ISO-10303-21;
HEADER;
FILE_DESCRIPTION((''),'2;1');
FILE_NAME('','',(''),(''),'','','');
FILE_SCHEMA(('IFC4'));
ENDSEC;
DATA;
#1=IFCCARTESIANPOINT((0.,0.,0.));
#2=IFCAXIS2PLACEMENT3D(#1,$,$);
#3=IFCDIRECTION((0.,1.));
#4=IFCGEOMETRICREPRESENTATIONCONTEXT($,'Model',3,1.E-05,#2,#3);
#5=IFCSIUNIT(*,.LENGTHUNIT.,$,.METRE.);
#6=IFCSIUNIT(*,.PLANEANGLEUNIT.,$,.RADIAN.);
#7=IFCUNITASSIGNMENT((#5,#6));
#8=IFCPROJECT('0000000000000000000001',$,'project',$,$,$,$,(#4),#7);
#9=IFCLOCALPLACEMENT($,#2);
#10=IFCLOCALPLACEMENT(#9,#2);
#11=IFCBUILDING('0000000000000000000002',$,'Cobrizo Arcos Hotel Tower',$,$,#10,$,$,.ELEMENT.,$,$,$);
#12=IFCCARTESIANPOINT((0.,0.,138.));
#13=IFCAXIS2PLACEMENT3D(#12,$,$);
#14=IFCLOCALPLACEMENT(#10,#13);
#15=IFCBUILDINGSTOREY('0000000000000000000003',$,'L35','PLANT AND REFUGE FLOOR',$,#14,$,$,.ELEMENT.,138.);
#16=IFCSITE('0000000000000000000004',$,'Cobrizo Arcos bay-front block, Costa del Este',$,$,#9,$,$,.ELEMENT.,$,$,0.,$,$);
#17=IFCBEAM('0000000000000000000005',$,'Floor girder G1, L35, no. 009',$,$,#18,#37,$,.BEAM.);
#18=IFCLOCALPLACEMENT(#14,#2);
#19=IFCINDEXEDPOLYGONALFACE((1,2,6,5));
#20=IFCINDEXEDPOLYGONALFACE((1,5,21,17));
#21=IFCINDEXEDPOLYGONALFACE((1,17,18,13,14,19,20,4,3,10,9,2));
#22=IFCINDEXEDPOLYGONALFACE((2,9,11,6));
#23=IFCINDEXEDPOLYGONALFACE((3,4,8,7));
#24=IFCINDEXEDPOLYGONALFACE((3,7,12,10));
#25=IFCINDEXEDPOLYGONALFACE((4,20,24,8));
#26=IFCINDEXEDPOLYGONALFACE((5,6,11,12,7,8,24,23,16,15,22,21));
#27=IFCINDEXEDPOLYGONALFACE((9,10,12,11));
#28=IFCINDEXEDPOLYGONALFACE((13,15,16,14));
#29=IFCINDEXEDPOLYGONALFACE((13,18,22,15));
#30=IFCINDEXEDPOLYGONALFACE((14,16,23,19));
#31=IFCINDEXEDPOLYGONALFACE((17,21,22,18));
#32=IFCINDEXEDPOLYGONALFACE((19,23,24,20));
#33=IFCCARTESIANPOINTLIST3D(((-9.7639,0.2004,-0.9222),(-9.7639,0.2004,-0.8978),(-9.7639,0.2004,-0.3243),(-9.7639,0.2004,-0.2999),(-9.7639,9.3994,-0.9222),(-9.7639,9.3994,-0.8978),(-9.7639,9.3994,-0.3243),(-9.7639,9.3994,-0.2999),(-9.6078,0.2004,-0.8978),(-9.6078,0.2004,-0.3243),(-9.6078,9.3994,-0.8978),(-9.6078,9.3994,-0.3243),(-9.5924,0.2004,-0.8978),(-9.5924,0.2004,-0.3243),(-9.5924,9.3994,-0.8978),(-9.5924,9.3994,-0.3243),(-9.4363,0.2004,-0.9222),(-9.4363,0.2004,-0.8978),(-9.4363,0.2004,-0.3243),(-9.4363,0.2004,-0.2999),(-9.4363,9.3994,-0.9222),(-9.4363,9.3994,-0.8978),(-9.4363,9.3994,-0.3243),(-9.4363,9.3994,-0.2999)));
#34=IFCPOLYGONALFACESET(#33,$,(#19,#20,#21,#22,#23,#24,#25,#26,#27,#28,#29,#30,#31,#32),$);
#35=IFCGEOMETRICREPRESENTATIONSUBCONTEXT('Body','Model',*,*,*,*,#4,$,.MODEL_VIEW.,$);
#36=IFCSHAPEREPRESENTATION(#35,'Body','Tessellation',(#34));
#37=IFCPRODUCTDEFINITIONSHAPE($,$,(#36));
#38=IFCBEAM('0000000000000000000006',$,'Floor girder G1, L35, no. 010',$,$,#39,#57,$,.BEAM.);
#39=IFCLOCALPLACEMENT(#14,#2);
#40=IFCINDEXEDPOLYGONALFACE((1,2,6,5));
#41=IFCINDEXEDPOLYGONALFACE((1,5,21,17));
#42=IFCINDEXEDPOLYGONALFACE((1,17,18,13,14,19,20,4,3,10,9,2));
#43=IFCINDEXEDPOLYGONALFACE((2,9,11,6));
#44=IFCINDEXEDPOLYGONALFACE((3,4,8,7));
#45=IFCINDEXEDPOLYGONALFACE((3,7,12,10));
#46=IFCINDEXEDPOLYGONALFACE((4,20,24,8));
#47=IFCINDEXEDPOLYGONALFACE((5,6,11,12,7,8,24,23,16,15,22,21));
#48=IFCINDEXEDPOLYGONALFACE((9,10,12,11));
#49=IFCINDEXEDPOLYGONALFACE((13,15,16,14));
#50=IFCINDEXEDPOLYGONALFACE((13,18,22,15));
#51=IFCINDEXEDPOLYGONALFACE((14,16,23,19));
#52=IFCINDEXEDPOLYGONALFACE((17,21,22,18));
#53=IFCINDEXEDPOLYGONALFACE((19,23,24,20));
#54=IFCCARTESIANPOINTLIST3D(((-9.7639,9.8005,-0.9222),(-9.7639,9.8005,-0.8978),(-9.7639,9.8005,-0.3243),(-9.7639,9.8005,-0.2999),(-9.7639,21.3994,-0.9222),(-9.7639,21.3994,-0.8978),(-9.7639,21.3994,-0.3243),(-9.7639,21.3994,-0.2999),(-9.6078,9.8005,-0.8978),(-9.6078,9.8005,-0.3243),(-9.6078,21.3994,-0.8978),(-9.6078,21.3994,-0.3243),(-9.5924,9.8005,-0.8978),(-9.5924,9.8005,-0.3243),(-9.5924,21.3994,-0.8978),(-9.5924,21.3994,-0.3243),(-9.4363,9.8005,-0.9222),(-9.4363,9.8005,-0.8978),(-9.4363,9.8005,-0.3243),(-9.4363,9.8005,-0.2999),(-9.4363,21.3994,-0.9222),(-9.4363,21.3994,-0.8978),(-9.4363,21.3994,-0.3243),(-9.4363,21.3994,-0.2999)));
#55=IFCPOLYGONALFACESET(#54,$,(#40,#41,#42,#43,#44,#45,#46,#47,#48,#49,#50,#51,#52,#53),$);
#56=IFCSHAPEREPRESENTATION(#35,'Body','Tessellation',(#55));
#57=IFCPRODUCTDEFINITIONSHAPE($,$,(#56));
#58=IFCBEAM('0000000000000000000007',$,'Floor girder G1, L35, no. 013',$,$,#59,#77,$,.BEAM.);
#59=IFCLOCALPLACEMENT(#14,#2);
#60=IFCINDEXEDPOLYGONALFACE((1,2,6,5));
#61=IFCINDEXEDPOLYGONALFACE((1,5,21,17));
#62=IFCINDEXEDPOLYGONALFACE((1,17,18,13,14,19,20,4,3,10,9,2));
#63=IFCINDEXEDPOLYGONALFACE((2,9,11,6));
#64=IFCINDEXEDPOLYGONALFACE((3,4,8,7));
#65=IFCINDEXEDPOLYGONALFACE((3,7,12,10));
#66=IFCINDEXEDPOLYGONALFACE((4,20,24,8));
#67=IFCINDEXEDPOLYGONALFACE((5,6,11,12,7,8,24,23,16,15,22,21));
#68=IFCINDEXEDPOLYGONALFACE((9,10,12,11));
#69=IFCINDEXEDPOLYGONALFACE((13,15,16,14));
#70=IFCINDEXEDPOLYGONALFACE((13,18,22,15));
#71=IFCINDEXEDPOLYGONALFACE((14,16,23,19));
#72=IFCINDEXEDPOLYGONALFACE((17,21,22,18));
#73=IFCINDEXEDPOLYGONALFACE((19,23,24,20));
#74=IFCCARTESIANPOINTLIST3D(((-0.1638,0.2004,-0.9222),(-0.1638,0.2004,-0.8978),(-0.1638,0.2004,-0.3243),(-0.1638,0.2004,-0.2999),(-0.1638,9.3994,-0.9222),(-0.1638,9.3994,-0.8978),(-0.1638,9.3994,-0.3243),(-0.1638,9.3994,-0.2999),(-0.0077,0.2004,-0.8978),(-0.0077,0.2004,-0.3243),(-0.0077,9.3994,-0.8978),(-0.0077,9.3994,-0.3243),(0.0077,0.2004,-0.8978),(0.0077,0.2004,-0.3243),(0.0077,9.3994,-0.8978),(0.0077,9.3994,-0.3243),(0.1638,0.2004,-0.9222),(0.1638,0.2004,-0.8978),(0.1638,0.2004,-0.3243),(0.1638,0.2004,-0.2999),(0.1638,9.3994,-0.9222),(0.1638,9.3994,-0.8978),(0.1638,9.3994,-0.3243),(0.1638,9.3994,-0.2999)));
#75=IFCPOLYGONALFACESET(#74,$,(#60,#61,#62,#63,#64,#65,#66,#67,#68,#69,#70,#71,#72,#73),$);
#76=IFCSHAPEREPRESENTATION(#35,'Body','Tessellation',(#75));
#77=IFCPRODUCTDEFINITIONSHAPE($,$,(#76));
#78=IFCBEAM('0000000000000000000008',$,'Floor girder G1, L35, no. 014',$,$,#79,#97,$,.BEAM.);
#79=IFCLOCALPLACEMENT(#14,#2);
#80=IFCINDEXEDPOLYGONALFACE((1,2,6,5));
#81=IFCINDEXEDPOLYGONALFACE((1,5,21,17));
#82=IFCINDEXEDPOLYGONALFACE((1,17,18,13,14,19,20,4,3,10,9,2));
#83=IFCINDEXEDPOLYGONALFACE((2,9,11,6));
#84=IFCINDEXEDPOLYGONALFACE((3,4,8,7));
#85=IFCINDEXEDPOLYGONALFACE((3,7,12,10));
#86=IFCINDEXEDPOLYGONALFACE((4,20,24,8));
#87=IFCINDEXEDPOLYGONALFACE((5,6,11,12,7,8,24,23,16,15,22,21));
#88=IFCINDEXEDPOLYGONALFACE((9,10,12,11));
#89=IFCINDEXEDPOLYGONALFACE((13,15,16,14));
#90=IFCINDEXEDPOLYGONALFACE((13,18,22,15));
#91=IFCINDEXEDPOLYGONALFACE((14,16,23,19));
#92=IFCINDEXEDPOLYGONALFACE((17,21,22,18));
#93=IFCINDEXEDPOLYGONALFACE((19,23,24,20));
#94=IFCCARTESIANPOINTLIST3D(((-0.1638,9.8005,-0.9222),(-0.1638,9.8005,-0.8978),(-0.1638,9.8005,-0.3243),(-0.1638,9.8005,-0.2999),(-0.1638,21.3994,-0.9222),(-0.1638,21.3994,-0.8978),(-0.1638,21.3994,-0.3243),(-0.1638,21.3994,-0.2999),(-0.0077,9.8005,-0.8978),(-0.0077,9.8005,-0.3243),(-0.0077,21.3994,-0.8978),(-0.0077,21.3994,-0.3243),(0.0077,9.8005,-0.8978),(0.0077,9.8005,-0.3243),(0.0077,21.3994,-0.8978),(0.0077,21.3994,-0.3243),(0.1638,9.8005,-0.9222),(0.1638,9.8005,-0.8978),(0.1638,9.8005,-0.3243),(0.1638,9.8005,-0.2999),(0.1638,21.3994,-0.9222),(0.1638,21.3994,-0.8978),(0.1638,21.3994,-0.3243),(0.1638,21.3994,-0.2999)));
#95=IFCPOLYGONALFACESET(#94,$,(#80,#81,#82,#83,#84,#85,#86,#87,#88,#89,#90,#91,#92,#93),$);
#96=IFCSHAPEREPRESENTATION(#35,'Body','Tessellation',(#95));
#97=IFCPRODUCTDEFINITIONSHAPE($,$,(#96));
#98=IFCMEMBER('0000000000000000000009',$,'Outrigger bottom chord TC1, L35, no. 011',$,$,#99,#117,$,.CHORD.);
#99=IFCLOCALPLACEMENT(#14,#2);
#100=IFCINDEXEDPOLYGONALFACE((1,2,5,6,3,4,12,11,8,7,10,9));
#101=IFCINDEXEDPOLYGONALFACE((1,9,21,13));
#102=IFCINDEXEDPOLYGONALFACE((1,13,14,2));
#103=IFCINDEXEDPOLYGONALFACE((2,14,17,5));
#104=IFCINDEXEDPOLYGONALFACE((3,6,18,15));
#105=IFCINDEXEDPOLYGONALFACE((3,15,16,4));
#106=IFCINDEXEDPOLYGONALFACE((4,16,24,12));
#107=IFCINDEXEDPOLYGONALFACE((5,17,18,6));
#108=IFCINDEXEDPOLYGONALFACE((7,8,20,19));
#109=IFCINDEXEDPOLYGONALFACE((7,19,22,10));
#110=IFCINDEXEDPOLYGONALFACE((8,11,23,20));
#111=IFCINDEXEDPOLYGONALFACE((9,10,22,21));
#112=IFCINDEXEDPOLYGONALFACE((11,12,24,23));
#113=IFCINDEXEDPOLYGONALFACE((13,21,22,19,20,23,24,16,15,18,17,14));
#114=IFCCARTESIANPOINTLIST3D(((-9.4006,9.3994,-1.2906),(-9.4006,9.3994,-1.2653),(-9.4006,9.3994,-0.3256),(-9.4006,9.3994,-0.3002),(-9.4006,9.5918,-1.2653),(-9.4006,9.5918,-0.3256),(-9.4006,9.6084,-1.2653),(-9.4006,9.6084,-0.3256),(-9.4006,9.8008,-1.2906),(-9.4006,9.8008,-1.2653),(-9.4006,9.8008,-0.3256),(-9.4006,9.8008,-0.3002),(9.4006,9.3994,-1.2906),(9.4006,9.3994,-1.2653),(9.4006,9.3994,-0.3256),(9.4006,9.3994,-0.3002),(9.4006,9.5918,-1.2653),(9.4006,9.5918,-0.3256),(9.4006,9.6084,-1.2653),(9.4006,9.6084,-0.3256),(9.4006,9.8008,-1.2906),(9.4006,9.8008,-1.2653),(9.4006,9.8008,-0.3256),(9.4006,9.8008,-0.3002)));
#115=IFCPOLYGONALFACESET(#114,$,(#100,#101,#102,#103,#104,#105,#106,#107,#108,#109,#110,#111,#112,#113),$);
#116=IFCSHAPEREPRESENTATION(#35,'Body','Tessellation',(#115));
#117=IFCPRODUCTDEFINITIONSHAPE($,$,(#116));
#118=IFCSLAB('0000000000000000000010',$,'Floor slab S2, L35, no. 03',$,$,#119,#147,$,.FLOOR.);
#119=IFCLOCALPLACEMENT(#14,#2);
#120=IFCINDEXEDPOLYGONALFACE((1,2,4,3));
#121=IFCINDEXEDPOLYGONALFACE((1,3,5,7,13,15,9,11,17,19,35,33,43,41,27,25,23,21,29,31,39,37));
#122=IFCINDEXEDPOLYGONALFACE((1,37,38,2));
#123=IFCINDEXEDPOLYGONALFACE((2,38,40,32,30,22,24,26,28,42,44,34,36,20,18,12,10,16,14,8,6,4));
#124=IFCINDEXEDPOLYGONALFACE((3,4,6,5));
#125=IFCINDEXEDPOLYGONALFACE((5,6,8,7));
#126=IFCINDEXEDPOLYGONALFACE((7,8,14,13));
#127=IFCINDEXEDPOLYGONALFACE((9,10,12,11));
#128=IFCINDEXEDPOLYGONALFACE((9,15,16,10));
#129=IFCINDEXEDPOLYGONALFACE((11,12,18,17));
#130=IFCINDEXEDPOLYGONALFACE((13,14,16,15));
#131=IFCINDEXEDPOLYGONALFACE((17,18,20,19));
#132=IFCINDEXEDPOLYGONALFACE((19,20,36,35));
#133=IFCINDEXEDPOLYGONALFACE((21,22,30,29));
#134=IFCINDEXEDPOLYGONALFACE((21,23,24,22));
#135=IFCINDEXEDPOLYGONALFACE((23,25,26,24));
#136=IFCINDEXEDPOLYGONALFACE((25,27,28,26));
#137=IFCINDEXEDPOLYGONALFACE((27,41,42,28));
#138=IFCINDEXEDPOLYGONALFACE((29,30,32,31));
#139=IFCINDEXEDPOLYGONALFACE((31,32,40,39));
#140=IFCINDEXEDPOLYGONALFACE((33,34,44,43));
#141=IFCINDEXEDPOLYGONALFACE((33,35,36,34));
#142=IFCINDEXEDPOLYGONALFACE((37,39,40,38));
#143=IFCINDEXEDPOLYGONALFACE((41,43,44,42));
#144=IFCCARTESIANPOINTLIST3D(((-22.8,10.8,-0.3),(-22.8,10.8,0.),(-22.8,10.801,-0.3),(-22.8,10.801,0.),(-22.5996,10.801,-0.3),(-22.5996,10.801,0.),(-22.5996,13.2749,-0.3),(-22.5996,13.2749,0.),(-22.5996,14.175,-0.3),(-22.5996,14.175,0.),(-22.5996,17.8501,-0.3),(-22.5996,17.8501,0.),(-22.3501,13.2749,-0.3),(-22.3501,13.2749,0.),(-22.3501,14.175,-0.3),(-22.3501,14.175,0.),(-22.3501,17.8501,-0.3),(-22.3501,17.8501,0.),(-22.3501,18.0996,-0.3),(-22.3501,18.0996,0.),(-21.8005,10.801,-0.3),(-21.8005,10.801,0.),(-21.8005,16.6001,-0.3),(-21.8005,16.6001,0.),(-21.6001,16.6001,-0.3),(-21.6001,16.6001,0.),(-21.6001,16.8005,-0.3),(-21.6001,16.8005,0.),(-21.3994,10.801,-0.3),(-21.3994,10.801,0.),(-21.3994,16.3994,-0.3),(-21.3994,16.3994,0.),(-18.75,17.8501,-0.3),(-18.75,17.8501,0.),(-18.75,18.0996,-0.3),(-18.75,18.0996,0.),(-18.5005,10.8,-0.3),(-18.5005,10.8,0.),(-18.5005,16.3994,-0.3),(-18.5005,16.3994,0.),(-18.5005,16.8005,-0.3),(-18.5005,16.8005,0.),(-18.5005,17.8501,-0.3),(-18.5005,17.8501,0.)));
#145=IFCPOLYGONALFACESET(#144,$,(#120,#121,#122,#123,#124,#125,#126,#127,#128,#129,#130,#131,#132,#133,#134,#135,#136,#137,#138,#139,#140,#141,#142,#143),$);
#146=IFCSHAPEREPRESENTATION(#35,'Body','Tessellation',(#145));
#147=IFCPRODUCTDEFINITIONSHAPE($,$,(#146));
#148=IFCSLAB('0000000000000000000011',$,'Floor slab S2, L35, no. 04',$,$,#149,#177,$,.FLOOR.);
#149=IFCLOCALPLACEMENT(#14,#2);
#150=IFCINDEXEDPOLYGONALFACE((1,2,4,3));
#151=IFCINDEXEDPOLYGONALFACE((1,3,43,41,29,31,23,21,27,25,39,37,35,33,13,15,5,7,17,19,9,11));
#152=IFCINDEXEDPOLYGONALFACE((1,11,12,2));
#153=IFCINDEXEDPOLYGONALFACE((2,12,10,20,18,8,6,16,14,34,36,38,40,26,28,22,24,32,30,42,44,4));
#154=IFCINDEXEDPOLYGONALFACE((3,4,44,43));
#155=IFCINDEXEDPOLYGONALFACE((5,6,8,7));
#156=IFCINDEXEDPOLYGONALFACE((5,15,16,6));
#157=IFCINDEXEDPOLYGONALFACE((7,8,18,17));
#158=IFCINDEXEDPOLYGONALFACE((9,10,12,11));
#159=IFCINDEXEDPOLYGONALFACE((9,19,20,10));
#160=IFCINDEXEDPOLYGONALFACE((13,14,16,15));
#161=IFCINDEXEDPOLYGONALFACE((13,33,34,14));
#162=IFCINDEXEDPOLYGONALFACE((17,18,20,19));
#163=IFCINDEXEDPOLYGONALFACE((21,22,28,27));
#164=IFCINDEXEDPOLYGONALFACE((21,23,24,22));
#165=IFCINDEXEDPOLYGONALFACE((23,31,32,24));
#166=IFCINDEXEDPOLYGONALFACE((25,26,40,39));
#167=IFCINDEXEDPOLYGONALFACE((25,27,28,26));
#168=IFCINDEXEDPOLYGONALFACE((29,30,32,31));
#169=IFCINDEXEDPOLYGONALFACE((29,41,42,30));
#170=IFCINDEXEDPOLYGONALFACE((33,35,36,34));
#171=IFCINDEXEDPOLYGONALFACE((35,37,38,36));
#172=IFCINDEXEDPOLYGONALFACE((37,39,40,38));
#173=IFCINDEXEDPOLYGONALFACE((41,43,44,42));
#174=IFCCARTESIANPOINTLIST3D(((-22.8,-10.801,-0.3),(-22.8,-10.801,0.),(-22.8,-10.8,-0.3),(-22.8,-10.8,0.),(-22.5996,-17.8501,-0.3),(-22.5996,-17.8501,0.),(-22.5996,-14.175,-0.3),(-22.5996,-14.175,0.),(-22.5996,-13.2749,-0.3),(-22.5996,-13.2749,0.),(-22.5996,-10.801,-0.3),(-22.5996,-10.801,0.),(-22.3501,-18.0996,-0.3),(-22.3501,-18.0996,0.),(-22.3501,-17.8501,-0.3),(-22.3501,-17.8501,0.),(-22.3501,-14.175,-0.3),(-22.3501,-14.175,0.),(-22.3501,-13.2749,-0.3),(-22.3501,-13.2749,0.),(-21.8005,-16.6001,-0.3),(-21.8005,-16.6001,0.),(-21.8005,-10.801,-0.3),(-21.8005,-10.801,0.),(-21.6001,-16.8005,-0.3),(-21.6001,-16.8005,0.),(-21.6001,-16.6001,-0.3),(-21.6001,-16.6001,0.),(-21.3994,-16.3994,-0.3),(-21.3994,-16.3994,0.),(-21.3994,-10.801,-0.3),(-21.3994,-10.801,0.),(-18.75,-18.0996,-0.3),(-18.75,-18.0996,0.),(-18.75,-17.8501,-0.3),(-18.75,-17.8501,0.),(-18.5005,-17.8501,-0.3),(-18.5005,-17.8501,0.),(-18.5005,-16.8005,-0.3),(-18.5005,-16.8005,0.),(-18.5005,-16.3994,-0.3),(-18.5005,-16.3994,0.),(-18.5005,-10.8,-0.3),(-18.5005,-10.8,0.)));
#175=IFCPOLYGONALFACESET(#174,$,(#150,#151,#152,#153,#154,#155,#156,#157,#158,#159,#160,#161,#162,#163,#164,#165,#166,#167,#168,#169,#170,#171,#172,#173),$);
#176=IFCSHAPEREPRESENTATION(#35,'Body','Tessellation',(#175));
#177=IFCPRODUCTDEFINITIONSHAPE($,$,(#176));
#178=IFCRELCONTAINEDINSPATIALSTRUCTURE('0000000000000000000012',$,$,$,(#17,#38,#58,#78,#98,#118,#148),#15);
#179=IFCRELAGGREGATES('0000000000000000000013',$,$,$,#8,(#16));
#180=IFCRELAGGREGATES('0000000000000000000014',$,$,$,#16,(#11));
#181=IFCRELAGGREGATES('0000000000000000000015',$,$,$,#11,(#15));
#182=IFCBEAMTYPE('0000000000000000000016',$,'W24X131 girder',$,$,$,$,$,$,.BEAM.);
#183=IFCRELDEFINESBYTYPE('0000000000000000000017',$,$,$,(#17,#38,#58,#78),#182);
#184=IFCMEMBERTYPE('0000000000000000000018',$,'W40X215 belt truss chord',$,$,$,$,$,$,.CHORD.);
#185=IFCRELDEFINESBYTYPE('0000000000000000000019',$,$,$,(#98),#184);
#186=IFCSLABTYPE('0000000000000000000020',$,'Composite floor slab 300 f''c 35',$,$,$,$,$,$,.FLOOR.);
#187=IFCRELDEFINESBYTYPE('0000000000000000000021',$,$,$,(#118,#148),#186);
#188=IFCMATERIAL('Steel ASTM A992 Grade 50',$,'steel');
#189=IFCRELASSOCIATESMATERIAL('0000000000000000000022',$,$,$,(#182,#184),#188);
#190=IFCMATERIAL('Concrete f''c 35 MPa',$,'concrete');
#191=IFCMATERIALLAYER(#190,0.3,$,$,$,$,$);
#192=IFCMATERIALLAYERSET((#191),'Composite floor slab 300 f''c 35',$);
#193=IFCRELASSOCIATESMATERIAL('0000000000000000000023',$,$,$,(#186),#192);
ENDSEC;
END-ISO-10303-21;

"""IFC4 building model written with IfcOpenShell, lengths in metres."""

from ifc_helpers import new_model, si_unit, direction, frame, origin, origin_2d, place, context, subcontext, project, spatial, polyline, i_section, outline, extrude, material, layer, layer_set, material_profile, profile_set, type_object, element, save


model = new_model("IFC4")

# Units and contexts
model_context = context("Model", 3, precision=1e-05, world=origin(), true_north=direction((0.0, 1.0)))
body_context = subcontext(model_context, "Body", "Model", "MODEL_VIEW")
ifc_project = project(units=[si_unit("LENGTHUNIT", "METRE"), si_unit("PLANEANGLEUNIT", "RADIAN")], contexts=[model_context])

# Site, building, storey
site_placement = place(None, origin())
site = spatial("IfcSite", under=ifc_project, at=site_placement, Name="Cobrizo Arcos bay-front block, Costa del Este", CompositionType="ELEMENT", RefElevation=0.0)
building_placement = place(site_placement, origin())
building = spatial("IfcBuilding", under=site, at=building_placement, Name="Cobrizo Arcos Hotel Tower", CompositionType="ELEMENT")
storey_placement = place(building_placement, frame((0.0, 0.0, 138.0)))
storey = spatial("IfcBuildingStorey", under=building, at=storey_placement, Name="L35", Description="PLANT AND REFUGE FLOOR", CompositionType="ELEMENT", Elevation=138.0)

# Shared definitions
ifc_material_1 = material(Name="Steel ASTM A992 Grade 50", Category="steel")

# Beams
ifc_material_profile_1 = material_profile(ifc_material_1, i_section(OverallWidth=0.3276, OverallDepth=0.6223, WebThickness=0.0154, FlangeThickness=0.0244, at=origin_2d()), Name="W24X131")
ifc_profile_set_1 = profile_set([ifc_material_profile_1], Name="Steel ASTM A992 Grade 50")
beam_type_1 = type_object("IfcBeamType", Name="W24X131 girder", PredefinedType="BEAM", material=ifc_profile_set_1)
beam_1_placement = place(storey_placement, frame((-9.6001, 0.2004, -0.6111), z_axis=(0.0, 1.0, 0.0), x_axis=(-1.0, 0.0, 0.0)))
element("IfcBeam", 1, at=beam_1_placement, inside=storey, type_object=beam_type_1, Name="Floor girder G1, L35, no. 009", PredefinedType="BEAM", context=body_context, shape_type="SweptSolid", body=[
    extrude(i_section(OverallWidth=0.3276, OverallDepth=0.6223, WebThickness=0.0154, FlangeThickness=0.0244, at=origin_2d()), origin(), (0.0, 0.0, 1.0), 9.199),
])
beam_2_placement = place(storey_placement, frame((-9.6001, 9.8005, -0.6111), z_axis=(0.0, 1.0, 0.0), x_axis=(-1.0, 0.0, 0.0)))
element("IfcBeam", 2, at=beam_2_placement, inside=storey, type_object=beam_type_1, Name="Floor girder G1, L35, no. 010", PredefinedType="BEAM", context=body_context, shape_type="SweptSolid", body=[
    extrude(i_section(OverallWidth=0.3276, OverallDepth=0.6223, WebThickness=0.0154, FlangeThickness=0.0244, at=origin_2d()), origin(), (0.0, 0.0, 1.0), 11.5989),
])
beam_3_placement = place(storey_placement, frame((0.0, 0.2004, -0.6111), z_axis=(0.0, 1.0, 0.0), x_axis=(-1.0, 0.0, 0.0)))
element("IfcBeam", 3, at=beam_3_placement, inside=storey, type_object=beam_type_1, Name="Floor girder G1, L35, no. 013", PredefinedType="BEAM", context=body_context, shape_type="SweptSolid", body=[
    extrude(i_section(OverallWidth=0.3276, OverallDepth=0.6223, WebThickness=0.0154, FlangeThickness=0.0244, at=origin_2d()), origin(), (0.0, 0.0, 1.0), 9.199),
])
beam_4_placement = place(storey_placement, frame((0.0, 9.8005, -0.6111), z_axis=(0.0, 1.0, 0.0), x_axis=(-1.0, 0.0, 0.0)))
element("IfcBeam", 4, at=beam_4_placement, inside=storey, type_object=beam_type_1, Name="Floor girder G1, L35, no. 014", PredefinedType="BEAM", context=body_context, shape_type="SweptSolid", body=[
    extrude(i_section(OverallWidth=0.3276, OverallDepth=0.6223, WebThickness=0.0154, FlangeThickness=0.0244, at=origin_2d()), origin(), (0.0, 0.0, 1.0), 11.5989),
])

# Member
ifc_material_profile_2 = material_profile(ifc_material_1, i_section(OverallWidth=0.4014, OverallDepth=0.9905, WebThickness=0.0166, FlangeThickness=0.0254, at=origin_2d()), Name="W40X215")
ifc_profile_set_2 = profile_set([ifc_material_profile_2], Name="Steel ASTM A992 Grade 50")
member_type_1 = type_object("IfcMemberType", Name="W40X215 belt truss chord", PredefinedType="CHORD", material=ifc_profile_set_2)
member_1_placement = place(storey_placement, frame((-9.4006, 9.6001, -0.7954), z_axis=(1.0, 0.0, 0.0), x_axis=(0.0, 1.0, 0.0)))
element("IfcMember", 5, at=member_1_placement, inside=storey, type_object=member_type_1, Name="Outrigger bottom chord TC1, L35, no. 011", PredefinedType="CHORD", context=body_context, shape_type="SweptSolid", body=[
    extrude(i_section(OverallWidth=0.4014, OverallDepth=0.9905, WebThickness=0.0166, FlangeThickness=0.0254, at=origin_2d()), origin(), (0.0, 0.0, 1.0), 18.8013),
])

# Slabs
ifc_material_2 = material(Name="Concrete f'c 35 MPa", Category="concrete")
ifc_layer_1 = layer(ifc_material_2, 0.3)
ifc_layer_set_1 = layer_set([ifc_layer_1], Name="Composite floor slab 300 f'c 35")
slab_type = type_object("IfcSlabType", Name="Composite floor slab 300 f'c 35", PredefinedType="FLOOR", material=ifc_layer_set_1)
slab_1_placement = place(storey_placement, frame((0.0, 0.0, -0.3)))
element("IfcSlab", 6, at=slab_1_placement, inside=storey, type_object=slab_type, Name="Floor slab S2, L35, no. 03", PredefinedType="FLOOR", context=body_context, shape_type="SweptSolid", body=[
    extrude(outline(polyline([(-22.8, 10.801), (-22.5996, 10.801), (-22.5996, 13.2749), (-22.3501, 13.2749), (-22.3501, 14.175), (-22.5996, 14.175), (-22.5996, 17.8501), (-22.3501, 17.8501), (-22.3501, 18.0996), (-18.75, 18.0996), (-18.75, 17.8501), (-18.5005, 17.8501), (-18.5005, 16.8005), (-21.6001, 16.8005), (-21.6001, 16.6001), (-21.8005, 16.6001), (-21.8005, 10.801), (-21.3994, 10.801), (-21.3994, 16.3994), (-18.5005, 16.3994), (-18.5005, 10.8), (-22.8, 10.8), (-22.8, 10.801)])), origin(), (0.0, 0.0, 1.0), 0.3),
])
slab_2_placement = place(storey_placement, frame((0.0, 0.0, -0.3)))
element("IfcSlab", 7, at=slab_2_placement, inside=storey, type_object=slab_type, Name="Floor slab S2, L35, no. 04", PredefinedType="FLOOR", context=body_context, shape_type="SweptSolid", body=[
    extrude(outline(polyline([(-22.8, -10.8), (-18.5005, -10.8), (-18.5005, -16.3994), (-21.3994, -16.3994), (-21.3994, -10.801), (-21.8005, -10.801), (-21.8005, -16.6001), (-21.6001, -16.6001), (-21.6001, -16.8005), (-18.5005, -16.8005), (-18.5005, -17.8501), (-18.75, -17.8501), (-18.75, -18.0996), (-22.3501, -18.0996), (-22.3501, -17.8501), (-22.5996, -17.8501), (-22.5996, -14.175), (-22.3501, -14.175), (-22.3501, -13.2749), (-22.5996, -13.2749), (-22.5996, -10.801), (-22.8, -10.801), (-22.8, -10.8)])), origin(), (0.0, 0.0, 1.0), 0.3),
])

save(model, "model.ifc")
